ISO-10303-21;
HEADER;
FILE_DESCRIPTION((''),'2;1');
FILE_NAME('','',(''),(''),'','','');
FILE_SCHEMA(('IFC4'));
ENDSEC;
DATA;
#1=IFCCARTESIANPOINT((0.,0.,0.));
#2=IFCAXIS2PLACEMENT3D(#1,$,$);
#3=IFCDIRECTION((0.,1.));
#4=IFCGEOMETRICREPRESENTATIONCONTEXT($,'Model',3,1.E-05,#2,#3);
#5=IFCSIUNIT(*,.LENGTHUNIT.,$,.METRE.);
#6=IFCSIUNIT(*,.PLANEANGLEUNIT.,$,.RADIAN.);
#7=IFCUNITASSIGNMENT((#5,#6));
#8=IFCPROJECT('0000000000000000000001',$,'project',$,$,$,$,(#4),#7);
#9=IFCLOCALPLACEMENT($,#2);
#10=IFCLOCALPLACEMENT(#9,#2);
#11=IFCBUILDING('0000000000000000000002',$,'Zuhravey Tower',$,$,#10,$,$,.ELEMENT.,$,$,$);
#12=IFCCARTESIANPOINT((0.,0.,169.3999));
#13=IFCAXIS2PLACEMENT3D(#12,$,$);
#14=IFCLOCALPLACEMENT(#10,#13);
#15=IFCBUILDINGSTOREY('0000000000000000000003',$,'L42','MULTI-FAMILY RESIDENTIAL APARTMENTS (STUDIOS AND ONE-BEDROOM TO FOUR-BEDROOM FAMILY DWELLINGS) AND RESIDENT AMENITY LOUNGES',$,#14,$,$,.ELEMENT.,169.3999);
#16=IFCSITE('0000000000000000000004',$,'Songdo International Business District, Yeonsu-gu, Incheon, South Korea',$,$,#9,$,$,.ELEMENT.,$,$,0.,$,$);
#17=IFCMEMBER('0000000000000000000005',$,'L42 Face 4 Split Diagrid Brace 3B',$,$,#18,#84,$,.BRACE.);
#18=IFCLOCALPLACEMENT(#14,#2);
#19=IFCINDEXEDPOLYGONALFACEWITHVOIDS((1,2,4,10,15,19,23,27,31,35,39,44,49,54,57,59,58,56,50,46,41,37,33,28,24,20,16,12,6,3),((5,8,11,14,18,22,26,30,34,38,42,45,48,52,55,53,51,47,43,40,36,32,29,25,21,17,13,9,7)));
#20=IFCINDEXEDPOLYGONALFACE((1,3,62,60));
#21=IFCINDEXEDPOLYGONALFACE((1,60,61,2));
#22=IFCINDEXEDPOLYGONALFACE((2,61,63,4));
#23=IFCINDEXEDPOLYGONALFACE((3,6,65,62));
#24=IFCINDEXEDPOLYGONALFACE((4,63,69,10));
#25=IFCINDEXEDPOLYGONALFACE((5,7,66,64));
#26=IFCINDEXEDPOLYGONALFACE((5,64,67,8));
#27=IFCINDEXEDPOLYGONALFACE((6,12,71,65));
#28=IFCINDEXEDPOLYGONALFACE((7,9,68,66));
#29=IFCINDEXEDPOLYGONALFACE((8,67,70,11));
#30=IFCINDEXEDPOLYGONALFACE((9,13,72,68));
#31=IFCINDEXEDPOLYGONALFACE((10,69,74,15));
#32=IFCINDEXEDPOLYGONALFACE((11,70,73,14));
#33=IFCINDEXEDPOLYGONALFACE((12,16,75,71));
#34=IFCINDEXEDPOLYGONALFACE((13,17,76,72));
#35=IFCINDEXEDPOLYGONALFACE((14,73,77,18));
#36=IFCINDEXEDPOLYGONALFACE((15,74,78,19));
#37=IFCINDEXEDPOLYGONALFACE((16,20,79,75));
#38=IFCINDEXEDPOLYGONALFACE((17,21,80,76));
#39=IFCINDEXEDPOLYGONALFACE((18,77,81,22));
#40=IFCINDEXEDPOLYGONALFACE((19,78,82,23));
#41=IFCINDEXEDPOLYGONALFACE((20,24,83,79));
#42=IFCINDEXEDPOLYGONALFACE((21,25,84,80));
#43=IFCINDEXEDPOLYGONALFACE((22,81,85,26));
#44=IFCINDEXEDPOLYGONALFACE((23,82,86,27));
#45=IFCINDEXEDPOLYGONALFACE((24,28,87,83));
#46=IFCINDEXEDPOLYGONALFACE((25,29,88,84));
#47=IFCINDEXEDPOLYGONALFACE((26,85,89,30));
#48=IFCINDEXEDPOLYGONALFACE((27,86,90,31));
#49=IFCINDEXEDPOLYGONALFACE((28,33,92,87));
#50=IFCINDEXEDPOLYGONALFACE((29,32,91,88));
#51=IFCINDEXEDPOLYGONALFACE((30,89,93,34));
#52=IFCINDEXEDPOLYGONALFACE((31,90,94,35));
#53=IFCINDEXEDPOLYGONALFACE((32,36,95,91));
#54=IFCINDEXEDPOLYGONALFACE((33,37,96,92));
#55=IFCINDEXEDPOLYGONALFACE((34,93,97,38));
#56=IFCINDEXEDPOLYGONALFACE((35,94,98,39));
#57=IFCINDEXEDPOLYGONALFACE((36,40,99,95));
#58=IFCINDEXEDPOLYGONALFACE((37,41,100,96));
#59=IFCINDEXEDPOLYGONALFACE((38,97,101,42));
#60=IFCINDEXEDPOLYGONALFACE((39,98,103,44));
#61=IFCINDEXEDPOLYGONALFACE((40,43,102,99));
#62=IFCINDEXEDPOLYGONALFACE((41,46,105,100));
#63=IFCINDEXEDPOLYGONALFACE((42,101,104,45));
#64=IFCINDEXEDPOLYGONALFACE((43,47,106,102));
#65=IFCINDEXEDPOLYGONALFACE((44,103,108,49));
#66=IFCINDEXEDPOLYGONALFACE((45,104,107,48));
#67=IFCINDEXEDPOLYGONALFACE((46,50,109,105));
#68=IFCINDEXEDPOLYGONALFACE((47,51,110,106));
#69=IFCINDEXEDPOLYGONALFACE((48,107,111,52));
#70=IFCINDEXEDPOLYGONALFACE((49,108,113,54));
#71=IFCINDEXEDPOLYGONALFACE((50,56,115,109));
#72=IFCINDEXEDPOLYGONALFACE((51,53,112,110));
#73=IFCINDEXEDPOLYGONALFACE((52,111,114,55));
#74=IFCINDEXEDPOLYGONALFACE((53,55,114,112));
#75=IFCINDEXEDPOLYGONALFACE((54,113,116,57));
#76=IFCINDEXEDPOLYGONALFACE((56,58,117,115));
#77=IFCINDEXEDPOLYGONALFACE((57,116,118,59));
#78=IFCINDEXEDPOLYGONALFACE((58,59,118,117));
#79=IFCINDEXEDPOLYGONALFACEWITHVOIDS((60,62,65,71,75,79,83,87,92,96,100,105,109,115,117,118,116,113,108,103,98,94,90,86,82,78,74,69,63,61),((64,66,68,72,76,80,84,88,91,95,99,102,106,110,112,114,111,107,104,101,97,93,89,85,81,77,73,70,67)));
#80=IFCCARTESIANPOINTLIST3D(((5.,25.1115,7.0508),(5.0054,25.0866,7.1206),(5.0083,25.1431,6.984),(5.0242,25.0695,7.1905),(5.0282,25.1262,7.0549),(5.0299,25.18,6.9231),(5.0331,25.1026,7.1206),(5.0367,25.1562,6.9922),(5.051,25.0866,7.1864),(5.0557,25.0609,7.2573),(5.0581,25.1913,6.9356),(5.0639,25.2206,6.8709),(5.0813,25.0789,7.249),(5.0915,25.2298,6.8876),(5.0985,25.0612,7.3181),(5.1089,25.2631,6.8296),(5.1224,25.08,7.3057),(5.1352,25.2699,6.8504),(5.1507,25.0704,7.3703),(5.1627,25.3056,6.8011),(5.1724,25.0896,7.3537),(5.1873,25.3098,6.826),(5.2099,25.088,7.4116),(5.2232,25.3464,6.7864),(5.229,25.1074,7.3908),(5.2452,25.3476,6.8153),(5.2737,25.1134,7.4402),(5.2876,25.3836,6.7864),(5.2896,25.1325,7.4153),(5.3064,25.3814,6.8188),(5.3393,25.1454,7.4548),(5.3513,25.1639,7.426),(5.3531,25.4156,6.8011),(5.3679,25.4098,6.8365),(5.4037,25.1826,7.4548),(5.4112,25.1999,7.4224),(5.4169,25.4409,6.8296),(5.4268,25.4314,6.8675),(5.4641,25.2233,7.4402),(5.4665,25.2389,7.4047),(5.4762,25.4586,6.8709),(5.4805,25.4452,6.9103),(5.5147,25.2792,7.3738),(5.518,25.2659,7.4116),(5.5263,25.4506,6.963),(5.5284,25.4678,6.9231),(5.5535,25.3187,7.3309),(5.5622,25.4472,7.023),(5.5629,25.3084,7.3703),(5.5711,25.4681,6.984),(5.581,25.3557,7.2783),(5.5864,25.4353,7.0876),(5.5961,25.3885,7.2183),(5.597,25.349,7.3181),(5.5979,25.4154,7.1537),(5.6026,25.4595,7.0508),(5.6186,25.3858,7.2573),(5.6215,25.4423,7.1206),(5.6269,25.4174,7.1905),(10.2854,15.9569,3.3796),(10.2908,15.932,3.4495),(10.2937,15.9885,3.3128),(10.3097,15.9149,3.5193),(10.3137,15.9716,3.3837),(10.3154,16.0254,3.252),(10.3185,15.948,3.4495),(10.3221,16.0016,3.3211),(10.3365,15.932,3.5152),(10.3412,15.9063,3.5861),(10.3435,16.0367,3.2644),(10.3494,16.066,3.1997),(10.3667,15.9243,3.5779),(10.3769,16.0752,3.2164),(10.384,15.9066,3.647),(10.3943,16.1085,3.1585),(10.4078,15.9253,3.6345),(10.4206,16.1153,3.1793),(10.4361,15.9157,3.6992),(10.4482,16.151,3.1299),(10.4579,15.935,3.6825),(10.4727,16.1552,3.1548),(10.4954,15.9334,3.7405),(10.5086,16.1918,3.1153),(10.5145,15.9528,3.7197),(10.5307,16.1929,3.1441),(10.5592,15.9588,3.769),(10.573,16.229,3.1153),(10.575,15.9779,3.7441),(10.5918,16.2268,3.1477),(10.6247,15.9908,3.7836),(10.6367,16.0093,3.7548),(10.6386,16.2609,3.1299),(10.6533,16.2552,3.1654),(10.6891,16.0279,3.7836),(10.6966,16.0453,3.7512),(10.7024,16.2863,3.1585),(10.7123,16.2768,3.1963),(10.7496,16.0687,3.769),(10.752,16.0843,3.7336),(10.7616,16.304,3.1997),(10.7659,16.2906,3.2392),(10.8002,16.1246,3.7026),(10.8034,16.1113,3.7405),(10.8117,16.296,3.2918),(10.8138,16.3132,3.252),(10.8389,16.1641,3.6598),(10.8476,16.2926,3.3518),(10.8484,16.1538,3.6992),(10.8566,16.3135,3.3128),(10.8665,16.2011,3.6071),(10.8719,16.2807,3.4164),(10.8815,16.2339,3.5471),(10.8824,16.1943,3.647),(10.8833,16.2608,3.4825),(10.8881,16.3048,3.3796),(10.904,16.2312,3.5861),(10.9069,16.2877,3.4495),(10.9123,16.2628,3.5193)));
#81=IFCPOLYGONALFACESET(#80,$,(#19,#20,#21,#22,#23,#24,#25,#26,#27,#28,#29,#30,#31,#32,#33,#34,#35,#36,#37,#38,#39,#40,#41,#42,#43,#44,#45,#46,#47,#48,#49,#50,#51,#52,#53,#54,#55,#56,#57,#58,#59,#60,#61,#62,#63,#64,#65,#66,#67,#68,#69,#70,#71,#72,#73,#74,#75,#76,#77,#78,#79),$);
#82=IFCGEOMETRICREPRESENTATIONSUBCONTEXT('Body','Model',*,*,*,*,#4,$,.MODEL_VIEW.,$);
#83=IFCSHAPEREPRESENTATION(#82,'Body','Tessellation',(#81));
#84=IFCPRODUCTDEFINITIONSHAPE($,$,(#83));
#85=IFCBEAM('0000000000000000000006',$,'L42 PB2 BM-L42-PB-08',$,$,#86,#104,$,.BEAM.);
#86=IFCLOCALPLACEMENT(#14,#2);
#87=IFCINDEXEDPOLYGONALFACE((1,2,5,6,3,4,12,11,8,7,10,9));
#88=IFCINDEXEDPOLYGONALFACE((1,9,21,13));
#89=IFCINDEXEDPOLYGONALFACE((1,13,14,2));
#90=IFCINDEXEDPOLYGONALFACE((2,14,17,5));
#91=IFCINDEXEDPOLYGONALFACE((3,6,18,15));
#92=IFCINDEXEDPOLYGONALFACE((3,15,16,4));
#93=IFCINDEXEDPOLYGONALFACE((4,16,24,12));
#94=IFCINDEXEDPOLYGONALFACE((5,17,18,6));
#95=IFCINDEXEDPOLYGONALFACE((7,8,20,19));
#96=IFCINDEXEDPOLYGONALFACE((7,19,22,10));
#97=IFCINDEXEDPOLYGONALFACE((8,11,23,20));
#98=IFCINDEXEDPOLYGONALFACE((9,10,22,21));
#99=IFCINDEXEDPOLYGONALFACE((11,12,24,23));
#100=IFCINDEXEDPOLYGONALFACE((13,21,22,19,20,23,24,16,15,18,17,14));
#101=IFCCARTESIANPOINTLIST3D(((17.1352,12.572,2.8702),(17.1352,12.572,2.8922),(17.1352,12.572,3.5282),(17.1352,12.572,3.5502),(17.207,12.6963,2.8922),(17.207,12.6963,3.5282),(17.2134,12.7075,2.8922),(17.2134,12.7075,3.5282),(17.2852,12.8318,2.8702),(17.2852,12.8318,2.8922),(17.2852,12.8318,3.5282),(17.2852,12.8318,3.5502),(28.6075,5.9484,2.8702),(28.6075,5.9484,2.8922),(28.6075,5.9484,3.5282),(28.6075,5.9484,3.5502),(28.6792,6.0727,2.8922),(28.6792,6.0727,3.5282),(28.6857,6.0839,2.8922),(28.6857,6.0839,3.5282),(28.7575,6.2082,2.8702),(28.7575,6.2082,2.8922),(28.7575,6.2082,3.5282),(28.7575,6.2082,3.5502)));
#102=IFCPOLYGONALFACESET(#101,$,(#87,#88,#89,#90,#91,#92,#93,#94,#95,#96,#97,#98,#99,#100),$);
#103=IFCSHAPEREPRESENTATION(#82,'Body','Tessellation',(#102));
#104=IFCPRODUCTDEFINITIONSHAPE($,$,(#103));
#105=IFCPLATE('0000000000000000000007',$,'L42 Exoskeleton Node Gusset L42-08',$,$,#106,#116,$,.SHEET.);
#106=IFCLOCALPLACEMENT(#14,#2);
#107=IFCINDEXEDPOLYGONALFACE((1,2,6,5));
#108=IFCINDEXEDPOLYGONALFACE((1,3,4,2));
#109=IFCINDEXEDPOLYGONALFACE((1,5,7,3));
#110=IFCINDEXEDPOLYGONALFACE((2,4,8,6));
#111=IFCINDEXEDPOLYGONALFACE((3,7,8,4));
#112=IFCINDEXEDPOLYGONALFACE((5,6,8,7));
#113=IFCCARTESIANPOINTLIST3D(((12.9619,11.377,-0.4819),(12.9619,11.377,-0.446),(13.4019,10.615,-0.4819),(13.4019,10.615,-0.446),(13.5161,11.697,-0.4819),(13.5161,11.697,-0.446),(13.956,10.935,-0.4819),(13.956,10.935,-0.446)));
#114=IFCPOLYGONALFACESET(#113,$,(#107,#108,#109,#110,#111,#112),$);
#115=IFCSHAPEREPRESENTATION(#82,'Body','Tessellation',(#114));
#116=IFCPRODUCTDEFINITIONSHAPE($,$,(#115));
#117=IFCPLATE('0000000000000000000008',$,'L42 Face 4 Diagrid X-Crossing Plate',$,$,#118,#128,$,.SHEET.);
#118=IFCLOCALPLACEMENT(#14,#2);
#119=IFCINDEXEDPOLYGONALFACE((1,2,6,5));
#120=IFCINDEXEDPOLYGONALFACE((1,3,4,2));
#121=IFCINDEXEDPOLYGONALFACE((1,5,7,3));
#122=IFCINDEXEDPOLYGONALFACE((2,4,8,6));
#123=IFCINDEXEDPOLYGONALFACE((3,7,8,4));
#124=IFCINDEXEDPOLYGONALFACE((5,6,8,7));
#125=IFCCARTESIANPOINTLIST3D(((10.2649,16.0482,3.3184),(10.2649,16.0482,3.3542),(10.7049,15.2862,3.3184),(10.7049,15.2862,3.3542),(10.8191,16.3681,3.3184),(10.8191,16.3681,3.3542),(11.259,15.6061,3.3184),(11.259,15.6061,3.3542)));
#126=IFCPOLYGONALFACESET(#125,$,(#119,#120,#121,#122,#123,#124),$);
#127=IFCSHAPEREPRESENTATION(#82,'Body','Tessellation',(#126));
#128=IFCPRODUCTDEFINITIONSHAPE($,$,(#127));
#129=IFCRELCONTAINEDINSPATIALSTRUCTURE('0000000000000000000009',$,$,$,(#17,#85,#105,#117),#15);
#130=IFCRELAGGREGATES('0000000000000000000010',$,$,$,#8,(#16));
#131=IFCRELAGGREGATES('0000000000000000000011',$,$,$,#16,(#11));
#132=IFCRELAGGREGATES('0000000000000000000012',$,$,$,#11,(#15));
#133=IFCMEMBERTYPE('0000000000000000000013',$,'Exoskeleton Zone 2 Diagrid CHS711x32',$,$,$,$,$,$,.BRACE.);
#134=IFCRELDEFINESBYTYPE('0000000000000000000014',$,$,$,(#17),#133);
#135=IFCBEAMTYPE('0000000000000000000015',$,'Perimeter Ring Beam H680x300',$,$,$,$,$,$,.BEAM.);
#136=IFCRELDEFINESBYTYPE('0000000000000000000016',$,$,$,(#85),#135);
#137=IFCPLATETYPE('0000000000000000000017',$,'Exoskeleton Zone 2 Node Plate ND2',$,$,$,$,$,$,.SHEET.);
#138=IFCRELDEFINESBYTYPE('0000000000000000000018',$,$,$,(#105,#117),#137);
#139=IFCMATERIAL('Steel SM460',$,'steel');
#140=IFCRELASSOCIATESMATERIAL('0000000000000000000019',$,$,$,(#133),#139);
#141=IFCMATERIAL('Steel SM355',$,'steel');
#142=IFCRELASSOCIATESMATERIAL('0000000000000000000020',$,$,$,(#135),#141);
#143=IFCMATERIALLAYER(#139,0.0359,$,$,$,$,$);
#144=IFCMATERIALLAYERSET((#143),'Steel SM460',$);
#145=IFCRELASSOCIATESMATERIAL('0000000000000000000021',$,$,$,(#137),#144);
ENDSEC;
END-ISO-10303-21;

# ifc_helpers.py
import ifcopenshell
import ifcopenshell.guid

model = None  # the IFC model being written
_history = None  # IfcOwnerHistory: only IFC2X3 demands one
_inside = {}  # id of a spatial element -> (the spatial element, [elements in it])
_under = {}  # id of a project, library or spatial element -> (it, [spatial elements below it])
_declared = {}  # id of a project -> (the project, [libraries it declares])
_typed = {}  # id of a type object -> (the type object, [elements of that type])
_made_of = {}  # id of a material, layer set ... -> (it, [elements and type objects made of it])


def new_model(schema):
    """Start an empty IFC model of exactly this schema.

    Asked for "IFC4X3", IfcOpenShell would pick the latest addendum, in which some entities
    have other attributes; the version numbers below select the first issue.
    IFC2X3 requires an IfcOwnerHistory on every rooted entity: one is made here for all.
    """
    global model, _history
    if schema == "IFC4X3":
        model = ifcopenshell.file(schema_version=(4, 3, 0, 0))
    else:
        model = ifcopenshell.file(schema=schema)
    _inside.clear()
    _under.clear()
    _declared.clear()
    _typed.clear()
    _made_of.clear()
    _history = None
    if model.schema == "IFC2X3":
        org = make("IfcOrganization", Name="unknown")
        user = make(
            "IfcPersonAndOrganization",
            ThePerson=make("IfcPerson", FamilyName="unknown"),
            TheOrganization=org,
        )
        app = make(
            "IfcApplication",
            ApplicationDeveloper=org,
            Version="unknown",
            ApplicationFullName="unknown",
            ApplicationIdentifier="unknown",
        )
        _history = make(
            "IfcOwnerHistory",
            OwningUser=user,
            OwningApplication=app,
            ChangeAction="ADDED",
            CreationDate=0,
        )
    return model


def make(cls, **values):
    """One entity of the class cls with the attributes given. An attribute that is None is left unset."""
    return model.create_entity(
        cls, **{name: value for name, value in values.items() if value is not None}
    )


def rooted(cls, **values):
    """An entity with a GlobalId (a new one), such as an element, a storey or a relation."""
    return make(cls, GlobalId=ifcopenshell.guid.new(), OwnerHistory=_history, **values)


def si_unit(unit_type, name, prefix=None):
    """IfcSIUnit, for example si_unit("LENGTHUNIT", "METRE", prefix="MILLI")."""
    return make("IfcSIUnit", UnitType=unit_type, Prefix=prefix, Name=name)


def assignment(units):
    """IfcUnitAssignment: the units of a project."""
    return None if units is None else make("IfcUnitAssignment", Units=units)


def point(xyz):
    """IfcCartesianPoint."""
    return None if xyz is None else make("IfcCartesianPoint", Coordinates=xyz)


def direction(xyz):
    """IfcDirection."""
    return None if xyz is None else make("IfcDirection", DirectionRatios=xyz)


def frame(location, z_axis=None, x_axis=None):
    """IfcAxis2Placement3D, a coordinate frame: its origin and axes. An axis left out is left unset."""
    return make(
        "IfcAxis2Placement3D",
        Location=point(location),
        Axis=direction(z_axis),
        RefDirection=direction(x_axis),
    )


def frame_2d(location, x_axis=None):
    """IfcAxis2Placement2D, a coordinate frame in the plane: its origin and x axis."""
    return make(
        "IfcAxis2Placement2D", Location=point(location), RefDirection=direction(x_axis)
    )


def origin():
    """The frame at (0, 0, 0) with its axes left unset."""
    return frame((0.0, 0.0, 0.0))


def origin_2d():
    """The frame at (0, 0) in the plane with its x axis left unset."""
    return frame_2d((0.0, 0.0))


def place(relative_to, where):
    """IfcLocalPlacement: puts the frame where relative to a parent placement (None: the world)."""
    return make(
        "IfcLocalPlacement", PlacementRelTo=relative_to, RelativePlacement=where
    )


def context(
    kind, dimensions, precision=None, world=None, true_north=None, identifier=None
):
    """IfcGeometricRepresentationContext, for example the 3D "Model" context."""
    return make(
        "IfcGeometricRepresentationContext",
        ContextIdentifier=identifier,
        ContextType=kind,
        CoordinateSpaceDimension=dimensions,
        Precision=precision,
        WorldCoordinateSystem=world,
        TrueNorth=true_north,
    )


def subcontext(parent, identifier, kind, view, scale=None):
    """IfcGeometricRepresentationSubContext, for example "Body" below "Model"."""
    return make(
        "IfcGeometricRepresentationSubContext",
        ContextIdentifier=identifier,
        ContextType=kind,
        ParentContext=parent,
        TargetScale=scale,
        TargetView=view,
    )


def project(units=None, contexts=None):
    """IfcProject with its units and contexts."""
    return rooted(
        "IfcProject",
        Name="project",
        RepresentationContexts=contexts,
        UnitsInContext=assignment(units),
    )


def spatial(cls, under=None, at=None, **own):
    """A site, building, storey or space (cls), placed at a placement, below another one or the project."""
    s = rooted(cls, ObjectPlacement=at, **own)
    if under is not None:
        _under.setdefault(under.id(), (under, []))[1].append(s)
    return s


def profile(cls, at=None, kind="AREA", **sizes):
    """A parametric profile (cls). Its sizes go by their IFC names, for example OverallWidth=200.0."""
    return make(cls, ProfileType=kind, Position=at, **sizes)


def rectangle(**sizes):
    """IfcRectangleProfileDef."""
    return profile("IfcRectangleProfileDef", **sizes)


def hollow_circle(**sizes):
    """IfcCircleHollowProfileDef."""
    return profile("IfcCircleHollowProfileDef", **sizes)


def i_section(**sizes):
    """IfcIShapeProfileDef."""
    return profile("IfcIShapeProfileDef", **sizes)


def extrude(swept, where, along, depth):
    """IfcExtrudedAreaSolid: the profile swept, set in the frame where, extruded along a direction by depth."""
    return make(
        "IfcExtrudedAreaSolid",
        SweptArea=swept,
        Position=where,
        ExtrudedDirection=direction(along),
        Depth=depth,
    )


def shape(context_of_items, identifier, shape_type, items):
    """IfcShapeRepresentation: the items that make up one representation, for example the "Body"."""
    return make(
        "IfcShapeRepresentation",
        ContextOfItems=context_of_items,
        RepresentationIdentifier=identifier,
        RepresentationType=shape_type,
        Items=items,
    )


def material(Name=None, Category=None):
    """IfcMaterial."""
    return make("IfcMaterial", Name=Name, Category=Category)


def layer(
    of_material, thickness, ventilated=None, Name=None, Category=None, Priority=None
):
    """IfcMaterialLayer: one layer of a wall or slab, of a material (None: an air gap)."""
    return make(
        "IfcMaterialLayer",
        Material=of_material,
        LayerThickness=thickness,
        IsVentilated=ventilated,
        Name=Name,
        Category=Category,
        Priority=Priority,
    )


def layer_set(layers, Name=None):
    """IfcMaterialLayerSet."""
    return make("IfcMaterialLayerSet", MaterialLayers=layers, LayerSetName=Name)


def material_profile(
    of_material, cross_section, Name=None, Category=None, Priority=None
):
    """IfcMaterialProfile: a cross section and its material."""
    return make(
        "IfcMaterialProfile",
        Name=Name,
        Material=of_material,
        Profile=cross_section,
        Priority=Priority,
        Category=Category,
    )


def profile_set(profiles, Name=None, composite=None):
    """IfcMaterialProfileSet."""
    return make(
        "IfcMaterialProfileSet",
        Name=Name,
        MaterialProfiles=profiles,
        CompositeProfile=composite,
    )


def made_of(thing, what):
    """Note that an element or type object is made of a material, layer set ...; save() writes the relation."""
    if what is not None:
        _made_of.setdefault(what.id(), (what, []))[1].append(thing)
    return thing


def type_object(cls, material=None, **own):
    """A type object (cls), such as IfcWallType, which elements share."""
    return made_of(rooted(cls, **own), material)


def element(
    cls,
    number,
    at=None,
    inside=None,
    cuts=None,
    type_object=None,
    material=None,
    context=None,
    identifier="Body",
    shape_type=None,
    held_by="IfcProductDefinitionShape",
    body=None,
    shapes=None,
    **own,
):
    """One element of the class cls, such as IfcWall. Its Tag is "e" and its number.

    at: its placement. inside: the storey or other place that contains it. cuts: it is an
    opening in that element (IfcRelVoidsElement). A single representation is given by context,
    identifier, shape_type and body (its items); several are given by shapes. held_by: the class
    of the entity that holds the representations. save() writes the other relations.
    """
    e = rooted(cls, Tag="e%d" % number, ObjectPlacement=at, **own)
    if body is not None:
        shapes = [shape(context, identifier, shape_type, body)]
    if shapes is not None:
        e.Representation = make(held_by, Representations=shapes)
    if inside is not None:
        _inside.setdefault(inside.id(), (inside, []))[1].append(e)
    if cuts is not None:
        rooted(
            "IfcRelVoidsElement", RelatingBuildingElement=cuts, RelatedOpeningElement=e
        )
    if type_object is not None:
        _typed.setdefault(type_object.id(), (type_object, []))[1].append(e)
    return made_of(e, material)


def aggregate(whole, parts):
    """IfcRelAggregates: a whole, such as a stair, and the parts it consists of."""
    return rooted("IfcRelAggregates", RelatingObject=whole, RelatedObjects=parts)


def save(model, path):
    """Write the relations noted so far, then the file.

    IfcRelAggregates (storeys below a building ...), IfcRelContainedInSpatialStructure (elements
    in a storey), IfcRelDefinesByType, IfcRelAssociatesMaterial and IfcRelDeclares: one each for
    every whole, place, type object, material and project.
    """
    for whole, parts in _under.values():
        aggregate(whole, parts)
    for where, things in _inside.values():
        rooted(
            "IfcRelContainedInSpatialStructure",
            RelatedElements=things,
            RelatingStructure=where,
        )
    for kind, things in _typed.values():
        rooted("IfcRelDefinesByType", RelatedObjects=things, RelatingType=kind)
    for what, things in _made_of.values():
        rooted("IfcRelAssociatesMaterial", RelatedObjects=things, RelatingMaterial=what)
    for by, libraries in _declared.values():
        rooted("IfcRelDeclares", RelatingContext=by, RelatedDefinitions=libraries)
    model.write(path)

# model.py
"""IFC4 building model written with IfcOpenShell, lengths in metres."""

from ifc_helpers import new_model, si_unit, direction, frame, origin, origin_2d, place, context, subcontext, project, spatial, rectangle, hollow_circle, i_section, extrude, material, layer, layer_set, material_profile, profile_set, type_object, element, save


model = new_model("IFC4")

# Units and contexts
model_context = context("Model", 3, precision=1e-05, world=origin(), true_north=direction((0.0, 1.0)))
body_context = subcontext(model_context, "Body", "Model", "MODEL_VIEW")
ifc_project = project(units=[si_unit("LENGTHUNIT", "METRE"), si_unit("PLANEANGLEUNIT", "RADIAN")], contexts=[model_context])

# Site, building, storey
site_placement = place(None, origin())
site = spatial("IfcSite", under=ifc_project, at=site_placement, Name="Songdo International Business District, Yeonsu-gu, Incheon, South Korea", CompositionType="ELEMENT", RefElevation=0.0)
building_placement = place(site_placement, origin())
building = spatial("IfcBuilding", under=site, at=building_placement, Name="Zuhravey Tower", CompositionType="ELEMENT")
storey_placement = place(building_placement, frame((0.0, 0.0, 169.3999)))
storey = spatial("IfcBuildingStorey", under=building, at=storey_placement, Name="L42", Description="MULTI-FAMILY RESIDENTIAL APARTMENTS (STUDIOS AND ONE-BEDROOM TO FOUR-BEDROOM FAMILY DWELLINGS) AND RESIDENT AMENITY LOUNGES", CompositionType="ELEMENT", Elevation=169.3999)

# Member
ifc_material_1 = material(Name="Steel SM460", Category="steel")
ifc_material_profile_1 = material_profile(ifc_material_1, hollow_circle(Radius=0.3557, WallThickness=0.032, at=origin_2d()), Name="CHS-711.2x32")
ifc_profile_set_1 = profile_set([ifc_material_profile_1], Name="Steel SM460")
member_type_1 = type_object("IfcMemberType", Name="Exoskeleton Zone 2 Diagrid CHS711x32", PredefinedType="BRACE", material=ifc_profile_set_1)
member_1_placement = place(storey_placement, frame((10.5989, 16.1099, 3.4495), z_axis=(-0.472328, 0.818093, 0.328071), x_axis=(-0.866024, -0.500002, 0.0)))
element("IfcMember", 1, at=member_1_placement, inside=storey, type_object=member_type_1, Name="L42 Face 4 Split Diagrid Brace 3B", PredefinedType="BRACE", context=body_context, shape_type="SweptSolid", body=[
    extrude(hollow_circle(Radius=0.3557, WallThickness=0.032, at=origin_2d()), origin(), (0.0, 0.0, 1.0), 11.1902),
])

# Beam
ifc_material_2 = material(Name="Steel SM355", Category="steel")
ifc_material_profile_2 = material_profile(ifc_material_2, i_section(OverallWidth=0.3, OverallDepth=0.6799, WebThickness=0.0129, FlangeThickness=0.022, at=origin_2d()), Name="H-680x300x13x22")
ifc_profile_set_2 = profile_set([ifc_material_profile_2], Name="Steel SM355")
beam_type = type_object("IfcBeamType", Name="Perimeter Ring Beam H680x300", PredefinedType="BEAM", material=ifc_profile_set_2)
beam_placement = place(storey_placement, frame((17.2102, 12.7019, 3.2102), z_axis=(0.866023, -0.500004, 0.0), x_axis=(0.500004, 0.866023, 0.0)))
element("IfcBeam", 2, at=beam_placement, inside=storey, type_object=beam_type, Name="L42 PB2 BM-L42-PB-08", PredefinedType="BEAM", context=body_context, shape_type="SweptSolid", body=[
    extrude(i_section(OverallWidth=0.3, OverallDepth=0.6799, WebThickness=0.0129, FlangeThickness=0.022, at=origin_2d()), origin(), (0.0, 0.0, 1.0), 13.2471),
])

# Plates
ifc_layer_1 = layer(ifc_material_1, 0.0359)
ifc_layer_set_1 = layer_set([ifc_layer_1], Name="Steel SM460")
plate_type_1 = type_object("IfcPlateType", Name="Exoskeleton Zone 2 Node Plate ND2", PredefinedType="SHEET", material=ifc_layer_set_1)
for number, where, z_axis, x_axis, name in (
    (3, (13.459, 11.156, -0.4819), (0.0, 0.0, 1.0), (0.5, -0.866025, 0.0), "L42 Exoskeleton Node Gusset L42-08"),
    (4, (10.762, 15.8271, 3.3184), (0.0, 0.0, 1.0), (0.5, -0.866025, 0.0), "L42 Face 4 Diagrid X-Crossing Plate"),
):
    element("IfcPlate", number, at=place(storey_placement, frame(where, z_axis=z_axis, x_axis=x_axis)), inside=storey, type_object=plate_type_1, Name=name, PredefinedType="SHEET", context=body_context, shape_type="SweptSolid", body=[
        extrude(rectangle(XDim=0.8799, YDim=0.6399, at=origin_2d()), origin(), (0.0, 0.0, 1.0), 0.0359),
    ])

save(model, "model.ifc")
